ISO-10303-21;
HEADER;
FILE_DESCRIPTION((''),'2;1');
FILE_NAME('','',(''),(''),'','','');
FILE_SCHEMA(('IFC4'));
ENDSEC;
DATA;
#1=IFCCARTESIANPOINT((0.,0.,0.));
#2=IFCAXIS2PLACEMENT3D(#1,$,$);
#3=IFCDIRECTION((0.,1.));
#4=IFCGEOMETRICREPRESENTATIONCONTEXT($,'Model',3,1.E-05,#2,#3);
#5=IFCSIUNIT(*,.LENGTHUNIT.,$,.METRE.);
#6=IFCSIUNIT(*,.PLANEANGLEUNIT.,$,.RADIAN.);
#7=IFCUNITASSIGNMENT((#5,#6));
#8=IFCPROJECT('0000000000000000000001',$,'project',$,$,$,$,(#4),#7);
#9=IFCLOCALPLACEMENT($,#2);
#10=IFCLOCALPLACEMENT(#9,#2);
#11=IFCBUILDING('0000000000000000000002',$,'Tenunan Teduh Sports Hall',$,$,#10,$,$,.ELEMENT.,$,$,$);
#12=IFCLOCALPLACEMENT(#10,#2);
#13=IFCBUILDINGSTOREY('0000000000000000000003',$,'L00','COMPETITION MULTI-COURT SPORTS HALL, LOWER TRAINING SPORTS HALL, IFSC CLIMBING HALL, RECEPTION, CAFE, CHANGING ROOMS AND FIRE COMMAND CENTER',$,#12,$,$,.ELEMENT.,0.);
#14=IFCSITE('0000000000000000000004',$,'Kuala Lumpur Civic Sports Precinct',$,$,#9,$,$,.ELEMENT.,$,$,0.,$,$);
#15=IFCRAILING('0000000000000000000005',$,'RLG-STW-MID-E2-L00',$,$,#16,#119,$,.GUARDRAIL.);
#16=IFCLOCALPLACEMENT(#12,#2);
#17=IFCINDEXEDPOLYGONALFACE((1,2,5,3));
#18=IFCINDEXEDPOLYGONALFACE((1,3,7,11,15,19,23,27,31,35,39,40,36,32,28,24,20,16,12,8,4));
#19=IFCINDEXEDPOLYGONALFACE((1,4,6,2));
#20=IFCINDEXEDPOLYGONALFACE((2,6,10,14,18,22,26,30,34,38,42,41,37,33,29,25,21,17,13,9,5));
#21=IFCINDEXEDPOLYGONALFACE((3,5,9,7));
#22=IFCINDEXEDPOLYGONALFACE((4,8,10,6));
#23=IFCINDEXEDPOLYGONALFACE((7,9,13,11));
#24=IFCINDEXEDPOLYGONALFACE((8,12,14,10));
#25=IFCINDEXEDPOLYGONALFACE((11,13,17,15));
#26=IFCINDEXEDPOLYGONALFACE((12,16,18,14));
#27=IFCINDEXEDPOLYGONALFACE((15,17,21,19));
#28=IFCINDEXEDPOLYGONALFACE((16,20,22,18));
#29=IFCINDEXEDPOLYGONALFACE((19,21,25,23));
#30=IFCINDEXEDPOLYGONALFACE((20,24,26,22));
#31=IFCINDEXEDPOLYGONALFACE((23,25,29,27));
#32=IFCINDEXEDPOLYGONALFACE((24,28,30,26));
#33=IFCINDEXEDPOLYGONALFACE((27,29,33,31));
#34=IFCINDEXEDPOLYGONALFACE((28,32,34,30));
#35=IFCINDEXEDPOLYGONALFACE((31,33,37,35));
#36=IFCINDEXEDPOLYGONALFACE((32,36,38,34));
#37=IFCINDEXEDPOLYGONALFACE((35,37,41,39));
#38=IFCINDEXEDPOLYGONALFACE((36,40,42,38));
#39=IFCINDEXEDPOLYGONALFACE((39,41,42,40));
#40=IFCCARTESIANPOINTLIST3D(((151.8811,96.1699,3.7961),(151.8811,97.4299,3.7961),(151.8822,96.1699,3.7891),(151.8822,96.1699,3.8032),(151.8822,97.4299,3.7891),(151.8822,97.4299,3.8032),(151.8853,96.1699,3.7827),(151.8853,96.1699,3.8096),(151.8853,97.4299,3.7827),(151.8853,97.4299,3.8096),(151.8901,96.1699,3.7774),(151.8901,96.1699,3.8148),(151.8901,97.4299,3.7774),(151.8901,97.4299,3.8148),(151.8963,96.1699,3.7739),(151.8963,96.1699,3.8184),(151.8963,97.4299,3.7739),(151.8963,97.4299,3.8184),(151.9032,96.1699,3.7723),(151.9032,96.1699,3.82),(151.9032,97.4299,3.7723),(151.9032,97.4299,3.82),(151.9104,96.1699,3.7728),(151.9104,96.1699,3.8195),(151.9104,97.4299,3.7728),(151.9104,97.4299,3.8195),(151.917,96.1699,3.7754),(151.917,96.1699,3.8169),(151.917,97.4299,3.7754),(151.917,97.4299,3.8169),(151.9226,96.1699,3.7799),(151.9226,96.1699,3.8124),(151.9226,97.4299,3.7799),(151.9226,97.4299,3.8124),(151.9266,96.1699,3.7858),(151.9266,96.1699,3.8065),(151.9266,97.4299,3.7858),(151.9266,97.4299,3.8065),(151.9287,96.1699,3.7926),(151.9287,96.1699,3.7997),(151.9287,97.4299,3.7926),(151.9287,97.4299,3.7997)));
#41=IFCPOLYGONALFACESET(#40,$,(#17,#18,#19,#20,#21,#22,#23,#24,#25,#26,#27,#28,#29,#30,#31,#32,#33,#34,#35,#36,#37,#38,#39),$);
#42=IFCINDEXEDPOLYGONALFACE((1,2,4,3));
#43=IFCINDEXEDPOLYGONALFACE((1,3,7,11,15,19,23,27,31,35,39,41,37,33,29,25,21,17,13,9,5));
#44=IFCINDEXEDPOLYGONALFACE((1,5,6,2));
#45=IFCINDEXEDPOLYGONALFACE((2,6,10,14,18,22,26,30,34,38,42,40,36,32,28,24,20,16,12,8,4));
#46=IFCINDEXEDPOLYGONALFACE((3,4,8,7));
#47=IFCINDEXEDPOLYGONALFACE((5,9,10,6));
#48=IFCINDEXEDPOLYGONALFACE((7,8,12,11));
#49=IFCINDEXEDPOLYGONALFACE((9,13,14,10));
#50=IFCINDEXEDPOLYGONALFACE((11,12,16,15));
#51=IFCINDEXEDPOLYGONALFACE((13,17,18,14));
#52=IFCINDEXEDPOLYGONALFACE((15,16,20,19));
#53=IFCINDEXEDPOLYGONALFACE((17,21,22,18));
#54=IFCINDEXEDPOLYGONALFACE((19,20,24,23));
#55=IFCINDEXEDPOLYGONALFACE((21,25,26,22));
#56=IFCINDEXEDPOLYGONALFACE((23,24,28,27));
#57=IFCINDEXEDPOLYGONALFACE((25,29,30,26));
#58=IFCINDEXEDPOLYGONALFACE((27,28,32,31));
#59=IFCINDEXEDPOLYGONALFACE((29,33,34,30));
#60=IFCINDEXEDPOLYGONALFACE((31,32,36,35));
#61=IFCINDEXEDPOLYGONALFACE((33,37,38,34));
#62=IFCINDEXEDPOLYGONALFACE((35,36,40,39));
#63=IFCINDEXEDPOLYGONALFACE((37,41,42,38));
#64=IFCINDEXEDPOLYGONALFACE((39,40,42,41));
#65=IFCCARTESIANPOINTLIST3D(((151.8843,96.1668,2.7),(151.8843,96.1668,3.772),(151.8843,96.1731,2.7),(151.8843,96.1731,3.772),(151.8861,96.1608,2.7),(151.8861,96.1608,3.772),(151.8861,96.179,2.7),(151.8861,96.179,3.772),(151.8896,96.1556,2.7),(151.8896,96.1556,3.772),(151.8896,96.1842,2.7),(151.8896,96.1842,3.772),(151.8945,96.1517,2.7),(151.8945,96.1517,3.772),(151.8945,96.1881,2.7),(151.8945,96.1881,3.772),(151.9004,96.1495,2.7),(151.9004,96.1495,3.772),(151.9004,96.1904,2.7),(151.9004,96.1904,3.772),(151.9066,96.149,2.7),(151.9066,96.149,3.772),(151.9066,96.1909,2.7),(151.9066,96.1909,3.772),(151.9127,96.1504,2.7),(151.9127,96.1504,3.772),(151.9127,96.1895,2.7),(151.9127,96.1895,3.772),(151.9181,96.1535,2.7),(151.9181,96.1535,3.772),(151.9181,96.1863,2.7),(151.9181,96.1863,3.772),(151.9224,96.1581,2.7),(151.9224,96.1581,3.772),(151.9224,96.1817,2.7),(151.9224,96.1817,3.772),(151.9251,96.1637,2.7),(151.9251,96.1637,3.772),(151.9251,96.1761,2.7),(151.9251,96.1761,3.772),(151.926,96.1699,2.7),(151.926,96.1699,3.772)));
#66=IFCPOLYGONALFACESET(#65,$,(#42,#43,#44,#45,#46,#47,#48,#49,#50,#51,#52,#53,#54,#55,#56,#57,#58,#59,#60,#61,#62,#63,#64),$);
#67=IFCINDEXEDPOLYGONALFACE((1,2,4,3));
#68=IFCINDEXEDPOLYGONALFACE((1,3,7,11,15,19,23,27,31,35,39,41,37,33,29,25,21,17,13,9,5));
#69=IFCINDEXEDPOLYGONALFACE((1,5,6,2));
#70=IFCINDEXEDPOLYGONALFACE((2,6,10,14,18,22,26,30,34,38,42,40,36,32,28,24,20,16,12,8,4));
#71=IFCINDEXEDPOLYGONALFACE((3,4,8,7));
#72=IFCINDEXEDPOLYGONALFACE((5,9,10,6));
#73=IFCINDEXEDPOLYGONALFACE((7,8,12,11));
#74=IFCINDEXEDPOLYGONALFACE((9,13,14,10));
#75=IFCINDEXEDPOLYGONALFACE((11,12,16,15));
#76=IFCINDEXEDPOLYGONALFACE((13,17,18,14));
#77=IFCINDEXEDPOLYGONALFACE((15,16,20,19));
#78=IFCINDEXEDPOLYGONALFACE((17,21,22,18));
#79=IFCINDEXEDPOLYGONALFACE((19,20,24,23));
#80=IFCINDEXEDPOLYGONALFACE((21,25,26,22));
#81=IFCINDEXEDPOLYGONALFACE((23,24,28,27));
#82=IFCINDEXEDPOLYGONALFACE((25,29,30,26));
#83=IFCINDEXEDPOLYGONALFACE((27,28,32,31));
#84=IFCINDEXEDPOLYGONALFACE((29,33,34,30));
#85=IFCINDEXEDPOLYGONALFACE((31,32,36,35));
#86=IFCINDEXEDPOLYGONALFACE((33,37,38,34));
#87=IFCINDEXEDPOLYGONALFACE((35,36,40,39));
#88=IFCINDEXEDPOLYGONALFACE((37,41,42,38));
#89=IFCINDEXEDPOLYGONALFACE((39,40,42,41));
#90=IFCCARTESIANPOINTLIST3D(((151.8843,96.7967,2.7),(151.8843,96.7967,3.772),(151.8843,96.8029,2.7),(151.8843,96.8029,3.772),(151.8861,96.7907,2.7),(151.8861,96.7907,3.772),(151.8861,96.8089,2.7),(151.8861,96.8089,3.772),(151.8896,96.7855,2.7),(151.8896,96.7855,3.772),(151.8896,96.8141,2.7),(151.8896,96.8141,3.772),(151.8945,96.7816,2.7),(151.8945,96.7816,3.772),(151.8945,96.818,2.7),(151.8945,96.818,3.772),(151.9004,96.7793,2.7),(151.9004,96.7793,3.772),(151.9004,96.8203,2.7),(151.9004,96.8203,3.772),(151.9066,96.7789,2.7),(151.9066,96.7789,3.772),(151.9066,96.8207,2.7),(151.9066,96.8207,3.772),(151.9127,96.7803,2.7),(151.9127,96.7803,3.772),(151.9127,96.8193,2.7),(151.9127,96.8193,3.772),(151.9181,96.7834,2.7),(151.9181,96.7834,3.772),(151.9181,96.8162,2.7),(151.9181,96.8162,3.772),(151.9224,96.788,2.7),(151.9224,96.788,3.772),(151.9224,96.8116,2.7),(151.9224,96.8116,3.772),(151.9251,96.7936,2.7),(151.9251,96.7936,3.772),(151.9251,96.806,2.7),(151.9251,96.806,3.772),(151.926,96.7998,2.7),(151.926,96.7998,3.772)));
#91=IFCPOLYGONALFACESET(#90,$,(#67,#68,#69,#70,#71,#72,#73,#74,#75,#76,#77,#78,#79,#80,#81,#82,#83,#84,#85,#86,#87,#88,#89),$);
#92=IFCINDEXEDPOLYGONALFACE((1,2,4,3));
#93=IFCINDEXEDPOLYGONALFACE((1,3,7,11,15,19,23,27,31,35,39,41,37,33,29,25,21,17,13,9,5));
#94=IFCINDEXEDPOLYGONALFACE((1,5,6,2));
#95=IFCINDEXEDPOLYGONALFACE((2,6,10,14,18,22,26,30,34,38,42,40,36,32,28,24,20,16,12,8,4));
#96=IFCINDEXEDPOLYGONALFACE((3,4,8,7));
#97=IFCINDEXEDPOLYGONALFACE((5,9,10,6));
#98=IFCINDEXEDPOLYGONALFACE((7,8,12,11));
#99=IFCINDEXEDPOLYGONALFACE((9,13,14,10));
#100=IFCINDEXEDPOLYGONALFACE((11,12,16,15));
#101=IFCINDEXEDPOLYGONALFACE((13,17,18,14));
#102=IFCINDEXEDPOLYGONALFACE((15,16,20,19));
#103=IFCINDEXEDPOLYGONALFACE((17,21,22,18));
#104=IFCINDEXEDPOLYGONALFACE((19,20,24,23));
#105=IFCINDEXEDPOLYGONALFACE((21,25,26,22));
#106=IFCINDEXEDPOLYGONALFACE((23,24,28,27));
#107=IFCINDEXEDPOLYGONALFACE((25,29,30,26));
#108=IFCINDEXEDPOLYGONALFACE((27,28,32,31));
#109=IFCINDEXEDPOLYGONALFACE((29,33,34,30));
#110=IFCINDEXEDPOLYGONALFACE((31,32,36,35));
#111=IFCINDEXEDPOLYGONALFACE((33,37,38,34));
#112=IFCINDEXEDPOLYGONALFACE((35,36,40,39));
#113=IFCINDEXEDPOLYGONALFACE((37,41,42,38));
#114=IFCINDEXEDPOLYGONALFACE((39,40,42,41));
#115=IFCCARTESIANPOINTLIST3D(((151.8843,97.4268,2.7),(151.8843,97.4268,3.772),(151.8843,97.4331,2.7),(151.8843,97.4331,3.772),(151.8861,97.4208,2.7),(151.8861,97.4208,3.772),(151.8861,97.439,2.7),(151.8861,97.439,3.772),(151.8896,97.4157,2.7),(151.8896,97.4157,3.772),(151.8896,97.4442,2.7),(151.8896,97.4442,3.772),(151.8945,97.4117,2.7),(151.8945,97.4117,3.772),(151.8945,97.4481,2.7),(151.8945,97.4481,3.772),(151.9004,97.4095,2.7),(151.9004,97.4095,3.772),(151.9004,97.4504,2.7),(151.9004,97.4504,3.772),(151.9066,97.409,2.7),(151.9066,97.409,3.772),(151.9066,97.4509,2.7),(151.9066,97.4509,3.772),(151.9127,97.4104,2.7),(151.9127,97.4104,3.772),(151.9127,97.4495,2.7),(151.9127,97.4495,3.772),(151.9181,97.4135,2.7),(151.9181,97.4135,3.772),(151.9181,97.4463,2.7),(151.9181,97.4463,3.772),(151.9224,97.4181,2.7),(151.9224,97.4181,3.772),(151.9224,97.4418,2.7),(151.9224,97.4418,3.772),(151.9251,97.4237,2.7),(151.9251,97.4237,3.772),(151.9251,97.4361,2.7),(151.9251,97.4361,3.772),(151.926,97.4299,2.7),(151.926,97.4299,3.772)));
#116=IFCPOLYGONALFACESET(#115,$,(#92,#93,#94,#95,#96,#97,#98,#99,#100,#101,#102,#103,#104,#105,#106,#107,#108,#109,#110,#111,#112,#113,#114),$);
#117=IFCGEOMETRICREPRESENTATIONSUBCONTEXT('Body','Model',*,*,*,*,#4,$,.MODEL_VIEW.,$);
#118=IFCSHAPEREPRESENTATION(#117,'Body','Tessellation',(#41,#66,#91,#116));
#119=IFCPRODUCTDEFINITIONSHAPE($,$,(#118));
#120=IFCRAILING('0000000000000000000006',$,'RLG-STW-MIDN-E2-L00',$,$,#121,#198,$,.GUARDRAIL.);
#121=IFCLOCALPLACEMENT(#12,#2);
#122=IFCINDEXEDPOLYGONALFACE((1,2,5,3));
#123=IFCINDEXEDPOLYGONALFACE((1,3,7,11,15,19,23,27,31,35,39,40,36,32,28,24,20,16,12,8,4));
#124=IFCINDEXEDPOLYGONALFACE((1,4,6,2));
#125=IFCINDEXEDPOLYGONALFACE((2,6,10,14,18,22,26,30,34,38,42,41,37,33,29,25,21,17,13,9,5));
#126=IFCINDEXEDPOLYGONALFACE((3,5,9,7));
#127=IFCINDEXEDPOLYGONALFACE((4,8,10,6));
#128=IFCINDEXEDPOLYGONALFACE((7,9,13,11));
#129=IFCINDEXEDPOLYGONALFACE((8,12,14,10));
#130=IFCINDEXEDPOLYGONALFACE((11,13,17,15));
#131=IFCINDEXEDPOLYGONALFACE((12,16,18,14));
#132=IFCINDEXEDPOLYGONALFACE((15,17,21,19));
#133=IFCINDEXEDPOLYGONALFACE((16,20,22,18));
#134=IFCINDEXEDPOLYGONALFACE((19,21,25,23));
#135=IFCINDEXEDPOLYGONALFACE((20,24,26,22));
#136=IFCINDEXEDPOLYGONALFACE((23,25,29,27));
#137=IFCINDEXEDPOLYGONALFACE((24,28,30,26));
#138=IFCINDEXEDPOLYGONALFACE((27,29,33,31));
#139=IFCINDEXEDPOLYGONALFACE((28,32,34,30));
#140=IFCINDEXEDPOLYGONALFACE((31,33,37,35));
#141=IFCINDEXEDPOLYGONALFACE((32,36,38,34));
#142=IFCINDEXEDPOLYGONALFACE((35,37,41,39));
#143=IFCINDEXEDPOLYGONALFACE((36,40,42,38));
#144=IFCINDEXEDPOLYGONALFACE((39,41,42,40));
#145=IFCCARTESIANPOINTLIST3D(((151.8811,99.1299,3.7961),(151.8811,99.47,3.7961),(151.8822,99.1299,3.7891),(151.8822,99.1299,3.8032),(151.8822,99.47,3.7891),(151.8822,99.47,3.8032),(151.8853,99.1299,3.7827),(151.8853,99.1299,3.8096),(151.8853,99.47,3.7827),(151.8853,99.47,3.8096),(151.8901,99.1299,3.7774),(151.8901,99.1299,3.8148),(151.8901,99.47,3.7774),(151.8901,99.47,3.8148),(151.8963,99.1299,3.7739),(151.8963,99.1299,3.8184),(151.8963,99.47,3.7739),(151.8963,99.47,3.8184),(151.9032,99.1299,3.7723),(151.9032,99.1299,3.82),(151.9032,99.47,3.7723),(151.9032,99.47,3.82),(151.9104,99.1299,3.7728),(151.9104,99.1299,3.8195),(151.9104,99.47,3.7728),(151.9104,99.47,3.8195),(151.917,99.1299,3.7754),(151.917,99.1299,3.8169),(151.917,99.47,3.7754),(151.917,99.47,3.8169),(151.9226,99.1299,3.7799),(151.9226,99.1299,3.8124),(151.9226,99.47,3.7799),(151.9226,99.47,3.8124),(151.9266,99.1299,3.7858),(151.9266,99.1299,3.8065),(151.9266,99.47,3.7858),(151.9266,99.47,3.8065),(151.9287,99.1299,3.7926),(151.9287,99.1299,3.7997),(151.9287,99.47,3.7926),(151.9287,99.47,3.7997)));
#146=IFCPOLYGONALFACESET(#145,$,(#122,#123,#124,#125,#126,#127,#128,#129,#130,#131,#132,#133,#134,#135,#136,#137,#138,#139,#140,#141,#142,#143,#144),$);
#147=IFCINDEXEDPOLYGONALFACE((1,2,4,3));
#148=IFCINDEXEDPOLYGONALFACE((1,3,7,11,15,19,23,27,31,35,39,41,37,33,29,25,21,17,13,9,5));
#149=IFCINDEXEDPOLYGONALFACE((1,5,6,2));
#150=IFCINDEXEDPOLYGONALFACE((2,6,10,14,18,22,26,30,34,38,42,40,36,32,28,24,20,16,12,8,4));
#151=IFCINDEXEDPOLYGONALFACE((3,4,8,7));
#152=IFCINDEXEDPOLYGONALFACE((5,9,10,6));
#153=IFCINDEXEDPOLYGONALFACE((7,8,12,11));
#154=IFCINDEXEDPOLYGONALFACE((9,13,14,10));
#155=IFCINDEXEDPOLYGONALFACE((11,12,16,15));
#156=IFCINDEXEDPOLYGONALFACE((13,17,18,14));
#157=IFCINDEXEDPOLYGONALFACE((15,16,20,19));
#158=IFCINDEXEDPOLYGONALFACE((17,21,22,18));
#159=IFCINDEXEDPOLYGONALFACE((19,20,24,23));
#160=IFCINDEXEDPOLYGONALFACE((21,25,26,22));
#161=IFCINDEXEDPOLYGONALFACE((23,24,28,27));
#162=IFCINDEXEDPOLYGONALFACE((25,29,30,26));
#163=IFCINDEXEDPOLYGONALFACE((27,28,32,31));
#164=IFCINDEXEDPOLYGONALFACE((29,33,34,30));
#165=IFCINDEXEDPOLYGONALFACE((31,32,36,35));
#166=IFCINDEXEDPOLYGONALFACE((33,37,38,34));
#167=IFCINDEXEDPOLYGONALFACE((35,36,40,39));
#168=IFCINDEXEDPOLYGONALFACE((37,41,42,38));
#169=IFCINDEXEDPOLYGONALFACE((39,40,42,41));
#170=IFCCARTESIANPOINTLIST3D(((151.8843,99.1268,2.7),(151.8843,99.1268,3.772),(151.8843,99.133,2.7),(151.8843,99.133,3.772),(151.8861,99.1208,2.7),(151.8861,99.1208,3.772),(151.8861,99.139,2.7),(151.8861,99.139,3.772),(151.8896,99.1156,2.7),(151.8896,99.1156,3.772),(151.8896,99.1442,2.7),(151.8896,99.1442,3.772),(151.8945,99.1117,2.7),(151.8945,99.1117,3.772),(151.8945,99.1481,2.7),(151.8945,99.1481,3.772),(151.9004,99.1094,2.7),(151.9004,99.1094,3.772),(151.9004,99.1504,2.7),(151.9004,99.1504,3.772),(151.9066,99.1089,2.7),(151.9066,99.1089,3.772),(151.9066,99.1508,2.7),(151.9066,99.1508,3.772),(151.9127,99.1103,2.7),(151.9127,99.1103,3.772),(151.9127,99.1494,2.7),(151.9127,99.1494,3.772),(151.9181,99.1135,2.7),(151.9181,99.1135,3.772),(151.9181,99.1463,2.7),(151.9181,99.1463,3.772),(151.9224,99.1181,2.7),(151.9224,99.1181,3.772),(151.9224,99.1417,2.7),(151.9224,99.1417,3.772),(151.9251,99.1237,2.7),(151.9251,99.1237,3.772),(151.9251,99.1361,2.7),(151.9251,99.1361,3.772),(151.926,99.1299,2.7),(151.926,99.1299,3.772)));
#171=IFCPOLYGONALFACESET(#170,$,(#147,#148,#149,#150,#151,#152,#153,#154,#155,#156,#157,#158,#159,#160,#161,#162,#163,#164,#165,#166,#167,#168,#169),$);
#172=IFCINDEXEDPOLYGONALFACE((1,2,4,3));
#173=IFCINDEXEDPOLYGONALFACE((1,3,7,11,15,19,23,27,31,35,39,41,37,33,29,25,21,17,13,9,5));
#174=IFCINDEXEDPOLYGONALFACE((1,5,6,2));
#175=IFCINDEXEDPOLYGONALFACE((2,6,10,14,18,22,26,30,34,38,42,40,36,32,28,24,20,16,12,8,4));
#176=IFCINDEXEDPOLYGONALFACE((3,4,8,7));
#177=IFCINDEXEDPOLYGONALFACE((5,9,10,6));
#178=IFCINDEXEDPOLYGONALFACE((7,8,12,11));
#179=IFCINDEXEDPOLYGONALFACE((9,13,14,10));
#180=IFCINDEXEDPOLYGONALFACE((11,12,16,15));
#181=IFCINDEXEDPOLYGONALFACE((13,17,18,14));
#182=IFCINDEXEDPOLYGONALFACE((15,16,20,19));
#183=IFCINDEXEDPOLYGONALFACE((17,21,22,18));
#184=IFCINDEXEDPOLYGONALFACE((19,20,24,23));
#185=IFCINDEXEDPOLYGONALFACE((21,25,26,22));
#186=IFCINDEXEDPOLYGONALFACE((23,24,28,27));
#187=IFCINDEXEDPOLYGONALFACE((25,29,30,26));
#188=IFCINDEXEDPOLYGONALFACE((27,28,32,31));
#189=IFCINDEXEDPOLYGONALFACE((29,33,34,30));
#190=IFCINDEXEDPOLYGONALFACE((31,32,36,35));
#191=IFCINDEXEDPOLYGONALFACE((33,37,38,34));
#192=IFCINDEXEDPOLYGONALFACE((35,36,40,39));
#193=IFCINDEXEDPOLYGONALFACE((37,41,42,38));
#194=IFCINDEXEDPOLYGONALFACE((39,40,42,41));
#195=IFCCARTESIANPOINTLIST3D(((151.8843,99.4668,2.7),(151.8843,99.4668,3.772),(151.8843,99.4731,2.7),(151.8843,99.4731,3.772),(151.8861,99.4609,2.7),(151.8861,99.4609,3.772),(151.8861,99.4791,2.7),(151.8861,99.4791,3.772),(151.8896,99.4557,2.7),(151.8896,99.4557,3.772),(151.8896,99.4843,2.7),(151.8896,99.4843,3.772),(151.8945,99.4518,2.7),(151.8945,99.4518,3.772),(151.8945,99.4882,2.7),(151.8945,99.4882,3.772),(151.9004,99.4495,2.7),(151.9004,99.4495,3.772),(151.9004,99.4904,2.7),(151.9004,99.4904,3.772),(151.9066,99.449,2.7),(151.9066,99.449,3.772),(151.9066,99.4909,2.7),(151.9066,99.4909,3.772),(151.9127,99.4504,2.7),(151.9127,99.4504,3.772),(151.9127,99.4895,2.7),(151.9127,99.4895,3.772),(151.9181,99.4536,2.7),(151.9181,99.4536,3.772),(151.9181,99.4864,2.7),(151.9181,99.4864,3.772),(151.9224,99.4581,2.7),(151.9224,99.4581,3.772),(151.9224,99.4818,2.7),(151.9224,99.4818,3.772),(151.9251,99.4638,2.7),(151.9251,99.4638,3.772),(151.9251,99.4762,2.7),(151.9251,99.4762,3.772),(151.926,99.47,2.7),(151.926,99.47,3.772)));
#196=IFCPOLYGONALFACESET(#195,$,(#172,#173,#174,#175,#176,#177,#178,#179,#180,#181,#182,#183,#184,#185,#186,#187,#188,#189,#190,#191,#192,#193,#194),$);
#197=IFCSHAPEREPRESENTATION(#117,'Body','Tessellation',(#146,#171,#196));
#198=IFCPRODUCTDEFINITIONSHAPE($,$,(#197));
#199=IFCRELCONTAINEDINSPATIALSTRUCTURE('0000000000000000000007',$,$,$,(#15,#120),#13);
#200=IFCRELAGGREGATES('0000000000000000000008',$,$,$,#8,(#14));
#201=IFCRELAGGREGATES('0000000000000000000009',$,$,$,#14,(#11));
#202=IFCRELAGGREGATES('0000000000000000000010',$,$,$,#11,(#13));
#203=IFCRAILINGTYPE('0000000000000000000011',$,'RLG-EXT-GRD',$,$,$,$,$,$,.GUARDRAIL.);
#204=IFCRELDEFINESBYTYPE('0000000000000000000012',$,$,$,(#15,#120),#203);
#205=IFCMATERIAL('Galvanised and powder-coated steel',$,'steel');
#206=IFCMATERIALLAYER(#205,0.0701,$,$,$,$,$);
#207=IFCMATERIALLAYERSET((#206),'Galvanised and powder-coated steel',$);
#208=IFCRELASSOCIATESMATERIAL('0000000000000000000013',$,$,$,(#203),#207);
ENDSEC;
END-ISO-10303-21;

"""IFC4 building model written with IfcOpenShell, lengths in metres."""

from ifc_helpers import new_model, si_unit, direction, frame, origin, origin_2d, place, context, subcontext, project, spatial, circle, extrude, material, layer, layer_set, type_object, element, save


model = new_model("IFC4")

# Units and contexts
model_context = context("Model", 3, precision=1e-05, world=origin(), true_north=direction((0.0, 1.0)))
body_context = subcontext(model_context, "Body", "Model", "MODEL_VIEW")
ifc_project = project(units=[si_unit("LENGTHUNIT", "METRE"), si_unit("PLANEANGLEUNIT", "RADIAN")], contexts=[model_context])

# Site, building, storey
site_placement = place(None, origin())
site = spatial("IfcSite", under=ifc_project, at=site_placement, Name="Kuala Lumpur Civic Sports Precinct", CompositionType="ELEMENT", RefElevation=0.0)
building_placement = place(site_placement, origin())
building = spatial("IfcBuilding", under=site, at=building_placement, Name="Tenunan Teduh Sports Hall", CompositionType="ELEMENT")
storey_placement = place(building_placement, origin())
storey = spatial("IfcBuildingStorey", under=building, at=storey_placement, Name="L00", Description="COMPETITION MULTI-COURT SPORTS HALL, LOWER TRAINING SPORTS HALL, IFSC CLIMBING HALL, RECEPTION, CAFE, CHANGING ROOMS AND FIRE COMMAND CENTER", CompositionType="ELEMENT", Elevation=0.0)

# Railings
ifc_material_1 = material(Name="Galvanised and powder-coated steel", Category="steel")
ifc_layer_1 = layer(ifc_material_1, 0.0701)
ifc_layer_set_1 = layer_set([ifc_layer_1], Name="Galvanised and powder-coated steel")
railing_type_1 = type_object("IfcRailingType", Name="RLG-EXT-GRD", PredefinedType="GUARDRAIL", material=ifc_layer_set_1)
railing_1_placement = place(storey_placement, frame((151.905, 96.1699, 2.7)))
element("IfcRailing", 1, at=railing_1_placement, inside=storey, type_object=railing_type_1, Name="RLG-STW-MID-E2-L00", PredefinedType="GUARDRAIL", context=body_context, shape_type="SweptSolid", body=[
    extrude(circle(Radius=0.0239, at=origin_2d()), frame((0.0, 0.0, 1.0962), z_axis=(0.0, 1.0, 0.0), x_axis=(-1.0, 0.0, 0.0)), (0.0, 0.0, 1.0), 1.26),
    extrude(circle(Radius=0.021, at=origin_2d()), origin(), (0.0, 0.0, 1.0), 1.072),
    extrude(circle(Radius=0.021, at=origin_2d()), frame((0.0, 0.6299, 0.0)), (0.0, 0.0, 1.0), 1.072),
    extrude(circle(Radius=0.021, at=origin_2d()), frame((0.0, 1.26, 0.0)), (0.0, 0.0, 1.0), 1.072),
])
railing_2_placement = place(storey_placement, frame((151.905, 99.1299, 2.7)))
element("IfcRailing", 2, at=railing_2_placement, inside=storey, type_object=railing_type_1, Name="RLG-STW-MIDN-E2-L00", PredefinedType="GUARDRAIL", context=body_context, shape_type="SweptSolid", body=[
    extrude(circle(Radius=0.0239, at=origin_2d()), frame((0.0, 0.0, 1.0962), z_axis=(0.0, 1.0, 0.0), x_axis=(-1.0, 0.0, 0.0)), (0.0, 0.0, 1.0), 0.3401),
    extrude(circle(Radius=0.021, at=origin_2d()), origin(), (0.0, 0.0, 1.0), 1.072),
    extrude(circle(Radius=0.021, at=origin_2d()), frame((0.0, 0.3401, 0.0)), (0.0, 0.0, 1.0), 1.072),
])

save(model, "model.ifc")
